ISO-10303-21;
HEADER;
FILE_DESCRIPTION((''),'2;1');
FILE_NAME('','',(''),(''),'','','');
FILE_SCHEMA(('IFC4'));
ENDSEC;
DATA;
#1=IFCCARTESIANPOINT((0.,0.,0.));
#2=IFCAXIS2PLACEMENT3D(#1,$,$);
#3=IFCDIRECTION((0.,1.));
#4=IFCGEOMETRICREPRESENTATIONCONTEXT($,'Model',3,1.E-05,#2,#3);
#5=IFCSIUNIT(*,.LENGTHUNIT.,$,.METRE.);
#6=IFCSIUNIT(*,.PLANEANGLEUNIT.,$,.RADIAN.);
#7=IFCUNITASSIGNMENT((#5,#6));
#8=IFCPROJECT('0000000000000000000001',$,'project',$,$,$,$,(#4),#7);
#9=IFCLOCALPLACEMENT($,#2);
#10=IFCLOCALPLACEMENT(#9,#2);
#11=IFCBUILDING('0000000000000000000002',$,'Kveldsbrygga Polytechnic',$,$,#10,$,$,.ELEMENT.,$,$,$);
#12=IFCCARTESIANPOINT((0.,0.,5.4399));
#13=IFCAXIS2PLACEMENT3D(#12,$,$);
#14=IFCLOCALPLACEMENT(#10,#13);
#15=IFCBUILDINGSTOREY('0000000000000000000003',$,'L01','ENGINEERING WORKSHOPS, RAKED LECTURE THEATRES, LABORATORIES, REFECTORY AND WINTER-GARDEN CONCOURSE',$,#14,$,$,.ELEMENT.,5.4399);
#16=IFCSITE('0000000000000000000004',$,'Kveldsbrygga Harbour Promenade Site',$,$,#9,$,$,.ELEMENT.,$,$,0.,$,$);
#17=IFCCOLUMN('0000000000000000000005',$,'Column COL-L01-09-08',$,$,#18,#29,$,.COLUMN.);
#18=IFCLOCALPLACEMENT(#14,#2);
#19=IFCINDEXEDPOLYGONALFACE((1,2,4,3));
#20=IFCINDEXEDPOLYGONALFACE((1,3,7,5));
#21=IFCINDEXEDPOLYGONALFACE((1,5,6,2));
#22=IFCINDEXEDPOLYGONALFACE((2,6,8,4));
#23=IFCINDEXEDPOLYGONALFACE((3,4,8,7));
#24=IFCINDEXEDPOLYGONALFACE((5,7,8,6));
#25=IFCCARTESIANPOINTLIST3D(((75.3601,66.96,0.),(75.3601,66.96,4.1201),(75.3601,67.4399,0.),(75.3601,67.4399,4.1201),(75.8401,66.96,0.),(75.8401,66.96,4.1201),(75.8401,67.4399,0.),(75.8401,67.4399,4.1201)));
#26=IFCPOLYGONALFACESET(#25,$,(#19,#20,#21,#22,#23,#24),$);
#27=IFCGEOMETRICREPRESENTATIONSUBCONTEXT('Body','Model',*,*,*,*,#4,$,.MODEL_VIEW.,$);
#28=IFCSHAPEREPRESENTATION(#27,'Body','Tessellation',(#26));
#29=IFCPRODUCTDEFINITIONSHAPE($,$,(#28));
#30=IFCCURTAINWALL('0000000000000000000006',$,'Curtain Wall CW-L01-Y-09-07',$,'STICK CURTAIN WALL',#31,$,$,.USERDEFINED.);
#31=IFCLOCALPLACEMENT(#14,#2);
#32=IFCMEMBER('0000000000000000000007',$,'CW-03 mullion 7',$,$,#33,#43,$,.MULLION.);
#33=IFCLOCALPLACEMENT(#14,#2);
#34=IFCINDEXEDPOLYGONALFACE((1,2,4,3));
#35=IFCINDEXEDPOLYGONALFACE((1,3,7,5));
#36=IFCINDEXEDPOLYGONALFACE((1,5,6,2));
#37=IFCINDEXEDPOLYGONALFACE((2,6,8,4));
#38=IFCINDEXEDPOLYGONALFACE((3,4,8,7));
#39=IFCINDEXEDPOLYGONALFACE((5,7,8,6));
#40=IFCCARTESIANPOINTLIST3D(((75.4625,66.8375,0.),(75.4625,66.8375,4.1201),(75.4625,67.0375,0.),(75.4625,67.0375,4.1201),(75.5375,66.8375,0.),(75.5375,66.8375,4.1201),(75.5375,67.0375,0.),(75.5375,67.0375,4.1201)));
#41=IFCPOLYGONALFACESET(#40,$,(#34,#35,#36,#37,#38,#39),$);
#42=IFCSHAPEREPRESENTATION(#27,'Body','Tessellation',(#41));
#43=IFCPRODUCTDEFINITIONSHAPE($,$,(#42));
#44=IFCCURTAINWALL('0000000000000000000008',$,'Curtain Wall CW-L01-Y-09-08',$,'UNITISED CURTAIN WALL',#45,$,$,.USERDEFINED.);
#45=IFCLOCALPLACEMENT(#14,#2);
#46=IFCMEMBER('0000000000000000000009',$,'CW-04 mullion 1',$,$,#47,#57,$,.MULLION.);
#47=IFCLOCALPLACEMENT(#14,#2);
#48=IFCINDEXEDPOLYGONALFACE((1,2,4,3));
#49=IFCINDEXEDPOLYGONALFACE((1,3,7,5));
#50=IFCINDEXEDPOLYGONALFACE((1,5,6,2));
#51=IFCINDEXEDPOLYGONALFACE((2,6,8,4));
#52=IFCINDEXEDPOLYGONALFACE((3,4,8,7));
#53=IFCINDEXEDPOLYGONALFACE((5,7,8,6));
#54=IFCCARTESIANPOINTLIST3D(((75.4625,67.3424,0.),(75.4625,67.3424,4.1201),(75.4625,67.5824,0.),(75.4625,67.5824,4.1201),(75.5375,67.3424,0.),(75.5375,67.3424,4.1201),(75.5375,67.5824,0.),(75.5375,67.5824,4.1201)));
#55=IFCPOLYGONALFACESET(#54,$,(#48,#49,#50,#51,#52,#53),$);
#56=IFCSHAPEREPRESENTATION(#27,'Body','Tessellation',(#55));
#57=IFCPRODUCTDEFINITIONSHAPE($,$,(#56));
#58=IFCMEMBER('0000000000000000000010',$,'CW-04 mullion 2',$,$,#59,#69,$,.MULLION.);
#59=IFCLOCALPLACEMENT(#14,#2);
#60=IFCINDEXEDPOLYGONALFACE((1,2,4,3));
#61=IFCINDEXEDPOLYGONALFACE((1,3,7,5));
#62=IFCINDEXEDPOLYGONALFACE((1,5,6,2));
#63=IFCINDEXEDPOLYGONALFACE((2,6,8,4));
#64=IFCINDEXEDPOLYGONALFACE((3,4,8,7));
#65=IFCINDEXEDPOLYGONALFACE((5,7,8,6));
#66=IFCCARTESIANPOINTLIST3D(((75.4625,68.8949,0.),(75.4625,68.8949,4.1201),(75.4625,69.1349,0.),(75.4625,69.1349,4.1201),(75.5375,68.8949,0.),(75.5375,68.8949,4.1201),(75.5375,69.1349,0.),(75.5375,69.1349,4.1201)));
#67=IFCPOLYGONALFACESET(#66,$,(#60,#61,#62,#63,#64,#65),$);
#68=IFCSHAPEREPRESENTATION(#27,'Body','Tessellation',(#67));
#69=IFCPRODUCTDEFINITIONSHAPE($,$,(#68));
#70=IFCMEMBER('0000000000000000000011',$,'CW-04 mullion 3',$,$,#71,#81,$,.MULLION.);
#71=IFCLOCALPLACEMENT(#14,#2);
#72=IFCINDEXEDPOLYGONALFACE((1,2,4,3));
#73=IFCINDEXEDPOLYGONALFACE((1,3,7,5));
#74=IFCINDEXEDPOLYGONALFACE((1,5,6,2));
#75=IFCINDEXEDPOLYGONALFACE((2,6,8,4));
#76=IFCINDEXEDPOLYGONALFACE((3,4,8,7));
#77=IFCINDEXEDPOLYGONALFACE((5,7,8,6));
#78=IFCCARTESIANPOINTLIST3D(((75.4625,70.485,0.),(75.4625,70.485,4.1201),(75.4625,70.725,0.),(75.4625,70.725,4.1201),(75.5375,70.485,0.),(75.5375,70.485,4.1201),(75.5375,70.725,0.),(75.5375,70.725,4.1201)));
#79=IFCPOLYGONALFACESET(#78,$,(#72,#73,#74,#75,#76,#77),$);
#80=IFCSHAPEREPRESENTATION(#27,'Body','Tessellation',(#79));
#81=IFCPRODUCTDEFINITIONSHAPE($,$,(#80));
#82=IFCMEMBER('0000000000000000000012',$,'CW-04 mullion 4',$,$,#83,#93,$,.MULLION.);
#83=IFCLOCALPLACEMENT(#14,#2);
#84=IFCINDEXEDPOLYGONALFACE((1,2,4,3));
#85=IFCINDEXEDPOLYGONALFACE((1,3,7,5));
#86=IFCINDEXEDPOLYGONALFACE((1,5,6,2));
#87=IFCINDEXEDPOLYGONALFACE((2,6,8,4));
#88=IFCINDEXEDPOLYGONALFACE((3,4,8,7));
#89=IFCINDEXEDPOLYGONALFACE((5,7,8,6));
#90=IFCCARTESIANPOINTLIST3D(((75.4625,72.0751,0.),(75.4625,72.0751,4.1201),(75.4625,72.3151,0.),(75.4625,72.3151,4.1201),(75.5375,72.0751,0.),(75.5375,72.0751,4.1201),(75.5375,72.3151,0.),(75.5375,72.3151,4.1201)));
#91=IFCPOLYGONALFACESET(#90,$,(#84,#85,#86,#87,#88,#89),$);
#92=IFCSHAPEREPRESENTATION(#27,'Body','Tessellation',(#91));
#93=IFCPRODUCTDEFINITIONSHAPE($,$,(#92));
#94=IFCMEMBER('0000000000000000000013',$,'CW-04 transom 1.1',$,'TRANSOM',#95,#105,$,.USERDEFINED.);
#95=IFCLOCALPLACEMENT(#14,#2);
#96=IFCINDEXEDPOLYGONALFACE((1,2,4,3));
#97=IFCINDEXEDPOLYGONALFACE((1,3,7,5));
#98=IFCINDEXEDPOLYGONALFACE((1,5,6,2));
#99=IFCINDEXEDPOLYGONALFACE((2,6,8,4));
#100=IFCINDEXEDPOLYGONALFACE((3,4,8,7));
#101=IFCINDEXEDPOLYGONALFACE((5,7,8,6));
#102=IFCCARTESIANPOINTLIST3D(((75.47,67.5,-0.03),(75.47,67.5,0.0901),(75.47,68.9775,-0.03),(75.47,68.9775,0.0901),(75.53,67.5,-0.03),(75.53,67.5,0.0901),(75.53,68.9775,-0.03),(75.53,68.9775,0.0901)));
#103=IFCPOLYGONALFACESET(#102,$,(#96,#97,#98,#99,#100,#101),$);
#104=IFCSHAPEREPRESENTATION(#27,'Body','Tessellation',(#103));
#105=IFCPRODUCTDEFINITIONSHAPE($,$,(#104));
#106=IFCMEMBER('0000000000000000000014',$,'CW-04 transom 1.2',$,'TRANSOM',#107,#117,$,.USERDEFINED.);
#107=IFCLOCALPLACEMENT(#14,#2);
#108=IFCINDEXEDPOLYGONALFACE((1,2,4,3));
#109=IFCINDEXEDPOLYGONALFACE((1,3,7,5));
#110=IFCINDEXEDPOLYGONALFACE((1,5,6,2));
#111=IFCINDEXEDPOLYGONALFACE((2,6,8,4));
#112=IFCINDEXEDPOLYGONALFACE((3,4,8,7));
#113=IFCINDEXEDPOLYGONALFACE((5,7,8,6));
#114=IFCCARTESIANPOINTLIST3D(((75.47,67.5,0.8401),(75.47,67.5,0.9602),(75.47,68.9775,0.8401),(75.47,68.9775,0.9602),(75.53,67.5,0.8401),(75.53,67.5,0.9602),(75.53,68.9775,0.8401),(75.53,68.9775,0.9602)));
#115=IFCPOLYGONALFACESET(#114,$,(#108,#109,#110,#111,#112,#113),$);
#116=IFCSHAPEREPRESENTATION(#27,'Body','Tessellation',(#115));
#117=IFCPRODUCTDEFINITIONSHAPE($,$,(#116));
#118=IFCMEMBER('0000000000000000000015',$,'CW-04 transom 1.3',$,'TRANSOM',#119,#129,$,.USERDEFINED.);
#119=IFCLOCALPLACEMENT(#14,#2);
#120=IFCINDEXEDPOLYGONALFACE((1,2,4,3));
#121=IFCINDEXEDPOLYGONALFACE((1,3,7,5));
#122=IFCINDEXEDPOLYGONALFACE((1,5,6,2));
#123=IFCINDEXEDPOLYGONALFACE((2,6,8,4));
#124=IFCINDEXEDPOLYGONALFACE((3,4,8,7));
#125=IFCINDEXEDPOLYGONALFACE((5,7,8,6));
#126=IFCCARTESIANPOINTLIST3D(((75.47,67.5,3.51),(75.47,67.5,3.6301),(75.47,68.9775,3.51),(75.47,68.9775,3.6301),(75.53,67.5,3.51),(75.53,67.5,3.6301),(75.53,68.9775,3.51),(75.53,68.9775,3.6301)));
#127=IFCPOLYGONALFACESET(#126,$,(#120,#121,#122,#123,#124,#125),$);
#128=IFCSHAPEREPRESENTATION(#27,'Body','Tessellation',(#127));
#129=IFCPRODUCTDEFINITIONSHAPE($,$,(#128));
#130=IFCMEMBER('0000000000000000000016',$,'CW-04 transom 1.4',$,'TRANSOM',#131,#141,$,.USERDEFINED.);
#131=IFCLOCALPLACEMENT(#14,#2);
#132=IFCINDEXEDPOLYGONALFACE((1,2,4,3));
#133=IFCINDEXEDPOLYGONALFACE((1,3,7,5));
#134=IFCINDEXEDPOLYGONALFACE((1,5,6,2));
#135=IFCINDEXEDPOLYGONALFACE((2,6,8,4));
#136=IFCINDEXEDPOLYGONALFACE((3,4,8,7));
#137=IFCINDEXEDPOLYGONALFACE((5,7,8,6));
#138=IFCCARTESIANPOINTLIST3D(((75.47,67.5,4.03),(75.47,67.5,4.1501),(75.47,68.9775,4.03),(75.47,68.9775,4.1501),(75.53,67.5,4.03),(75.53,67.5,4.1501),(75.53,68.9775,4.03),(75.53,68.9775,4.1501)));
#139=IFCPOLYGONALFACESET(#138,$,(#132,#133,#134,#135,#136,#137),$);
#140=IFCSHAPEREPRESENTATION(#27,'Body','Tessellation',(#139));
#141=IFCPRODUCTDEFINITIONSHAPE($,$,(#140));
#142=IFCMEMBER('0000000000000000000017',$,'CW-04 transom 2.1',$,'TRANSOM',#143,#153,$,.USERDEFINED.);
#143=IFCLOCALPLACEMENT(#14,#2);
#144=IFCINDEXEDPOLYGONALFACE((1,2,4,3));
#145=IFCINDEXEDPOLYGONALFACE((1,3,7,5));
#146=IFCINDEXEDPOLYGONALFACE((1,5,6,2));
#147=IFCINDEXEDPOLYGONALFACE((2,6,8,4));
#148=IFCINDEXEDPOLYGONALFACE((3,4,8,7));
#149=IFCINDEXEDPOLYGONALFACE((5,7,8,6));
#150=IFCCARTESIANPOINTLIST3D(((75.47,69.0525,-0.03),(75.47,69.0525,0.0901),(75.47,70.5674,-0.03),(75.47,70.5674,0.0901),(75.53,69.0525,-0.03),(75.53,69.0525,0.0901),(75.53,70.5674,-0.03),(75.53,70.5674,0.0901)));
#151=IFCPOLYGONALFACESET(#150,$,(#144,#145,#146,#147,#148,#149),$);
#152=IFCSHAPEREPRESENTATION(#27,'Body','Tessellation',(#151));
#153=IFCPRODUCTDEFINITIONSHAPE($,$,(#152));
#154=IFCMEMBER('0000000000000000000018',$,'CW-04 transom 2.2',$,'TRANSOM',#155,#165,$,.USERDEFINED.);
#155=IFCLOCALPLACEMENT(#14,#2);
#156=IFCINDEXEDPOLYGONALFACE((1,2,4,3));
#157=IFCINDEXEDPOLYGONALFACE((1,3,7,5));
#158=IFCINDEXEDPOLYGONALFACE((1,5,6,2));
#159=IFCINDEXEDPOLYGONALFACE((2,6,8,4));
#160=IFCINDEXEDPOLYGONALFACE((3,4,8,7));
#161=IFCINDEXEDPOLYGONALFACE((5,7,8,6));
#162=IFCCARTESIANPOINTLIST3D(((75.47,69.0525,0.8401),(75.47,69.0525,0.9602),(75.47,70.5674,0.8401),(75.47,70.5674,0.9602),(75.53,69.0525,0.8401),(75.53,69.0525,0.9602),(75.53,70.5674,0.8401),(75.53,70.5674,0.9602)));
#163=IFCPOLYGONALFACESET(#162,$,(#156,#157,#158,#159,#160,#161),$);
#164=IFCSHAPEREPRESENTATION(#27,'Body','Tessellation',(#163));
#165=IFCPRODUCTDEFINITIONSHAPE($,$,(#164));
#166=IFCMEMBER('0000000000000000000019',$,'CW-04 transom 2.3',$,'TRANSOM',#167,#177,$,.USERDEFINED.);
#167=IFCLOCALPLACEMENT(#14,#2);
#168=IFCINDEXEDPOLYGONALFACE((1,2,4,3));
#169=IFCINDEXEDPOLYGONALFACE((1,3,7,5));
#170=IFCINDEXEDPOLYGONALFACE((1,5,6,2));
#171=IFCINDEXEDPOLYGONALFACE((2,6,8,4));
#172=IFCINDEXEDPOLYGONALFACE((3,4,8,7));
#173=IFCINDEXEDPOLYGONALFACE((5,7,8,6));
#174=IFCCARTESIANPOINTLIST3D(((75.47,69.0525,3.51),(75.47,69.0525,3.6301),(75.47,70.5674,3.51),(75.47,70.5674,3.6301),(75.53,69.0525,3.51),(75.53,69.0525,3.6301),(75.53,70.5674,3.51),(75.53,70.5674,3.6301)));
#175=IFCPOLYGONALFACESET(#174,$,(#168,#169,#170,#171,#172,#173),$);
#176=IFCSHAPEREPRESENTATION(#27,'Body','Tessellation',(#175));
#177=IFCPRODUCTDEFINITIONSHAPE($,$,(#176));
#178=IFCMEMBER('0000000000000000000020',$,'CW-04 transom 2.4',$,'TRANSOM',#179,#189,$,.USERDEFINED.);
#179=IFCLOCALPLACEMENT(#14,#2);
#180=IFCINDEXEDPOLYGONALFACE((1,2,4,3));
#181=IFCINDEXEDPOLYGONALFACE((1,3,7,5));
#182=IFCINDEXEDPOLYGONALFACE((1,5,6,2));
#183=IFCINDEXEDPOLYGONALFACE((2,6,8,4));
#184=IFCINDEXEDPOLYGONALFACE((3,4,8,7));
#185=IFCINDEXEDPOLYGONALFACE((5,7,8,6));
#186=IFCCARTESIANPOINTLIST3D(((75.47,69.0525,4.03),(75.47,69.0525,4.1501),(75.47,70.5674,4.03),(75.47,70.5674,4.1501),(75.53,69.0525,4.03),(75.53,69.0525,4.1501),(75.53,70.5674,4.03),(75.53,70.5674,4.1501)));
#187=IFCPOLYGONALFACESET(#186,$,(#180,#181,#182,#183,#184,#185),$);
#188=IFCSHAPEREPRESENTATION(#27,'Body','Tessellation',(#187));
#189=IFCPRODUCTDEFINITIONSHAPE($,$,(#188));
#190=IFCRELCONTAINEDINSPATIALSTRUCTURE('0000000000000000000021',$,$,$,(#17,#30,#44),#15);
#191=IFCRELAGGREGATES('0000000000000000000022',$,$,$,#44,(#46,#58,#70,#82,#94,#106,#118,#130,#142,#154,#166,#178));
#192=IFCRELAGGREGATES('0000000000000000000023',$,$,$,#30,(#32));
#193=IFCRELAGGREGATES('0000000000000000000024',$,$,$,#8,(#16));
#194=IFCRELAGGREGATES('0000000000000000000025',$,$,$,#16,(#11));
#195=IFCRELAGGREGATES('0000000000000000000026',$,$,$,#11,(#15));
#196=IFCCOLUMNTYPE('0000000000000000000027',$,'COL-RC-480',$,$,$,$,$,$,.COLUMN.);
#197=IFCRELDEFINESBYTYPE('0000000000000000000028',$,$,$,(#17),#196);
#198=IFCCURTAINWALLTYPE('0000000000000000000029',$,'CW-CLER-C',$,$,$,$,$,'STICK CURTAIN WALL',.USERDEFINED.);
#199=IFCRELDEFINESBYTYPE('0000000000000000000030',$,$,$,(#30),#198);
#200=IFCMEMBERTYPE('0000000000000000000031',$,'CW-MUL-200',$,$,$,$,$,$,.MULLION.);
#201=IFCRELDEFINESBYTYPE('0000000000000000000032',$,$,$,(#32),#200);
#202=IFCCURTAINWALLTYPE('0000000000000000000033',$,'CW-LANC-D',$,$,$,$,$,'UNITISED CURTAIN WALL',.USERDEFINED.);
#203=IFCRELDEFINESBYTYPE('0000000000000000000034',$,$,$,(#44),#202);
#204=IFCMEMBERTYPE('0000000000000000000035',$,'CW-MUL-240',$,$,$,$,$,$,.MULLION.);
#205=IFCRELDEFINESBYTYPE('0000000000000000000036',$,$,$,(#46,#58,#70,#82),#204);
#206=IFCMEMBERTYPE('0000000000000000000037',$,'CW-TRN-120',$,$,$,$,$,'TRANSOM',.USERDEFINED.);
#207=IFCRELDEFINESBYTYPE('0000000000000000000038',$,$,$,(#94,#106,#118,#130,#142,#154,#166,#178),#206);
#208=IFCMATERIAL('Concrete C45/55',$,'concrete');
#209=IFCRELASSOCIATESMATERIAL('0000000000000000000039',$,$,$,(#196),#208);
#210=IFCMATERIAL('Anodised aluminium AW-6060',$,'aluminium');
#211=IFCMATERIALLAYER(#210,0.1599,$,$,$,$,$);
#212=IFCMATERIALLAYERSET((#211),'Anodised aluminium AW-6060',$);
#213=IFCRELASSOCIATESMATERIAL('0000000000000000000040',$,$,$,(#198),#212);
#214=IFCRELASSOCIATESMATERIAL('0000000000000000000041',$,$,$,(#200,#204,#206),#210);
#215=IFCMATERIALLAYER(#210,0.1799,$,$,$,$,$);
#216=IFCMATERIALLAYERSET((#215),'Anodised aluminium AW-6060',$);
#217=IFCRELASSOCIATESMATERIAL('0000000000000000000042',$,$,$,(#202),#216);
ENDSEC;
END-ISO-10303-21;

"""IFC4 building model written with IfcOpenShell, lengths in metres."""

from ifc_helpers import new_model, si_unit, direction, frame, origin, origin_2d, place, context, subcontext, project, spatial, rectangle, extrude, material, layer, layer_set, material_profile, profile_set, type_object, element, aggregate, save


model = new_model("IFC4")

# Units and contexts
model_context = context("Model", 3, precision=1e-05, world=origin(), true_north=direction((0.0, 1.0)))
body_context = subcontext(model_context, "Body", "Model", "MODEL_VIEW")
ifc_project = project(units=[si_unit("LENGTHUNIT", "METRE"), si_unit("PLANEANGLEUNIT", "RADIAN")], contexts=[model_context])

# Site, building, storey
site_placement = place(None, origin())
site = spatial("IfcSite", under=ifc_project, at=site_placement, Name="Kveldsbrygga Harbour Promenade Site", CompositionType="ELEMENT", RefElevation=0.0)
building_placement = place(site_placement, origin())
building = spatial("IfcBuilding", under=site, at=building_placement, Name="Kveldsbrygga Polytechnic", CompositionType="ELEMENT")
storey_placement = place(building_placement, frame((0.0, 0.0, 5.4399)))
storey = spatial("IfcBuildingStorey", under=building, at=storey_placement, Name="L01", Description="ENGINEERING WORKSHOPS, RAKED LECTURE THEATRES, LABORATORIES, REFECTORY AND WINTER-GARDEN CONCOURSE", CompositionType="ELEMENT", Elevation=5.4399)

# Column
ifc_material_1 = material(Name="Concrete C45/55", Category="concrete")
ifc_material_profile_1 = material_profile(ifc_material_1, rectangle(XDim=0.48, YDim=0.48, at=origin_2d()), Name="RC 480x480")
ifc_profile_set_1 = profile_set([ifc_material_profile_1], Name="Concrete C45/55")
column_type = type_object("IfcColumnType", Name="COL-RC-480", PredefinedType="COLUMN", material=ifc_profile_set_1)
column_placement = place(storey_placement, frame((75.6001, 67.2, 0.0), z_axis=(0.0, 0.0, 1.0), x_axis=(1.0, 0.0, 0.0)))
element("IfcColumn", 1, at=column_placement, inside=storey, type_object=column_type, Name="Column COL-L01-09-08", PredefinedType="COLUMN", context=body_context, shape_type="SweptSolid", body=[
    extrude(rectangle(XDim=0.48, YDim=0.48, at=origin_2d()), origin(), (0.0, 0.0, 1.0), 4.1201),
])

# Curtain wall, member
ifc_material_2 = material(Name="Anodised aluminium AW-6060", Category="aluminium")
ifc_layer_1 = layer(ifc_material_2, 0.1599)
ifc_layer_set_1 = layer_set([ifc_layer_1], Name="Anodised aluminium AW-6060")
curtain_wall_type_1 = type_object("IfcCurtainWallType", Name="CW-CLER-C", ElementType="STICK CURTAIN WALL", PredefinedType="USERDEFINED", material=ifc_layer_set_1)
curtain_wall_1_placement = place(storey_placement, origin())
curtain_wall_1 = element("IfcCurtainWall", 2, at=curtain_wall_1_placement, inside=storey, type_object=curtain_wall_type_1, Name="Curtain Wall CW-L01-Y-09-07", ObjectType="STICK CURTAIN WALL", PredefinedType="USERDEFINED")
ifc_material_profile_2 = material_profile(ifc_material_2, rectangle(XDim=0.075, YDim=0.2, at=origin_2d()), Name="ALU 75x200")
ifc_profile_set_2 = profile_set([ifc_material_profile_2], Name="Anodised aluminium AW-6060")
member_type_1 = type_object("IfcMemberType", Name="CW-MUL-200", PredefinedType="MULLION", material=ifc_profile_set_2)
member_1_placement = place(storey_placement, frame((75.5, 66.9375, 0.0), z_axis=(0.0, 0.0, 1.0), x_axis=(-1.0, 0.0, 0.0)))
member_1 = element("IfcMember", 3, at=member_1_placement, type_object=member_type_1, Name="CW-03 mullion 7", PredefinedType="MULLION", context=body_context, shape_type="SweptSolid", body=[
    extrude(rectangle(XDim=0.075, YDim=0.2, at=origin_2d()), origin(), (0.0, 0.0, 1.0), 4.1201),
])

# Curtain wall, members
ifc_layer_2 = layer(ifc_material_2, 0.1799)
ifc_layer_set_2 = layer_set([ifc_layer_2], Name="Anodised aluminium AW-6060")
curtain_wall_type_2 = type_object("IfcCurtainWallType", Name="CW-LANC-D", ElementType="UNITISED CURTAIN WALL", PredefinedType="USERDEFINED", material=ifc_layer_set_2)
curtain_wall_2_placement = place(storey_placement, origin())
curtain_wall_2 = element("IfcCurtainWall", 4, at=curtain_wall_2_placement, inside=storey, type_object=curtain_wall_type_2, Name="Curtain Wall CW-L01-Y-09-08", ObjectType="UNITISED CURTAIN WALL", PredefinedType="USERDEFINED")
ifc_material_profile_3 = material_profile(ifc_material_2, rectangle(XDim=0.075, YDim=0.24, at=origin_2d()), Name="ALU 75x240")
ifc_profile_set_3 = profile_set([ifc_material_profile_3], Name="Anodised aluminium AW-6060")
member_type_2 = type_object("IfcMemberType", Name="CW-MUL-240", PredefinedType="MULLION", material=ifc_profile_set_3)
member_2_placement = place(storey_placement, frame((75.5, 67.4624, 0.0), z_axis=(0.0, 0.0, 1.0), x_axis=(-1.0, 0.0, 0.0)))
member_2 = element("IfcMember", 5, at=member_2_placement, type_object=member_type_2, Name="CW-04 mullion 1", PredefinedType="MULLION", context=body_context, shape_type="SweptSolid", body=[
    extrude(rectangle(XDim=0.075, YDim=0.24, at=origin_2d()), origin(), (0.0, 0.0, 1.0), 4.1201),
])
member_3_placement = place(storey_placement, frame((75.5, 69.0149, 0.0), z_axis=(0.0, 0.0, 1.0), x_axis=(-1.0, 0.0, 0.0)))
member_3 = element("IfcMember", 6, at=member_3_placement, type_object=member_type_2, Name="CW-04 mullion 2", PredefinedType="MULLION", context=body_context, shape_type="SweptSolid", body=[
    extrude(rectangle(XDim=0.075, YDim=0.24, at=origin_2d()), origin(), (0.0, 0.0, 1.0), 4.1201),
])
member_4_placement = place(storey_placement, frame((75.5, 70.605, 0.0), z_axis=(0.0, 0.0, 1.0), x_axis=(-1.0, 0.0, 0.0)))
member_4 = element("IfcMember", 7, at=member_4_placement, type_object=member_type_2, Name="CW-04 mullion 3", PredefinedType="MULLION", context=body_context, shape_type="SweptSolid", body=[
    extrude(rectangle(XDim=0.075, YDim=0.24, at=origin_2d()), origin(), (0.0, 0.0, 1.0), 4.1201),
])
member_5_placement = place(storey_placement, frame((75.5, 72.1951, 0.0), z_axis=(0.0, 0.0, 1.0), x_axis=(-1.0, 0.0, 0.0)))
member_5 = element("IfcMember", 8, at=member_5_placement, type_object=member_type_2, Name="CW-04 mullion 4", PredefinedType="MULLION", context=body_context, shape_type="SweptSolid", body=[
    extrude(rectangle(XDim=0.075, YDim=0.24, at=origin_2d()), origin(), (0.0, 0.0, 1.0), 4.1201),
])
ifc_material_profile_4 = material_profile(ifc_material_2, rectangle(XDim=0.0601, YDim=0.1201, at=origin_2d()), Name="ALU 60x120")
ifc_profile_set_4 = profile_set([ifc_material_profile_4], Name="Anodised aluminium AW-6060")
member_type_3 = type_object("IfcMemberType", Name="CW-TRN-120", ElementType="TRANSOM", PredefinedType="USERDEFINED", material=ifc_profile_set_4)
member_6_placement = place(storey_placement, frame((75.5, 67.5, 0.03), z_axis=(0.0, 1.0, 0.0), x_axis=(-1.0, 0.0, 0.0)))
member_6 = element("IfcMember", 9, at=member_6_placement, type_object=member_type_3, Name="CW-04 transom 1.1", ObjectType="TRANSOM", PredefinedType="USERDEFINED", context=body_context, shape_type="SweptSolid", body=[
    extrude(rectangle(XDim=0.0601, YDim=0.1201, at=origin_2d()), origin(), (0.0, 0.0, 1.0), 1.4775),
])
member_7_placement = place(storey_placement, frame((75.5, 67.5, 0.9001), z_axis=(0.0, 1.0, 0.0), x_axis=(-1.0, 0.0, 0.0)))
member_7 = element("IfcMember", 10, at=member_7_placement, type_object=member_type_3, Name="CW-04 transom 1.2", ObjectType="TRANSOM", PredefinedType="USERDEFINED", context=body_context, shape_type="SweptSolid", body=[
    extrude(rectangle(XDim=0.0601, YDim=0.1201, at=origin_2d()), origin(), (0.0, 0.0, 1.0), 1.4775),
])
member_8_placement = place(storey_placement, frame((75.5, 67.5, 3.5701), z_axis=(0.0, 1.0, 0.0), x_axis=(-1.0, 0.0, 0.0)))
member_8 = element("IfcMember", 11, at=member_8_placement, type_object=member_type_3, Name="CW-04 transom 1.3", ObjectType="TRANSOM", PredefinedType="USERDEFINED", context=body_context, shape_type="SweptSolid", body=[
    extrude(rectangle(XDim=0.0601, YDim=0.1201, at=origin_2d()), origin(), (0.0, 0.0, 1.0), 1.4775),
])
member_9_placement = place(storey_placement, frame((75.5, 67.5, 4.0901), z_axis=(0.0, 1.0, 0.0), x_axis=(-1.0, 0.0, 0.0)))
member_9 = element("IfcMember", 12, at=member_9_placement, type_object=member_type_3, Name="CW-04 transom 1.4", ObjectType="TRANSOM", PredefinedType="USERDEFINED", context=body_context, shape_type="SweptSolid", body=[
    extrude(rectangle(XDim=0.0601, YDim=0.1201, at=origin_2d()), origin(), (0.0, 0.0, 1.0), 1.4775),
])
member_10_placement = place(storey_placement, frame((75.5, 69.0525, 0.03), z_axis=(0.0, 1.0, 0.0), x_axis=(-1.0, 0.0, 0.0)))
member_10 = element("IfcMember", 13, at=member_10_placement, type_object=member_type_3, Name="CW-04 transom 2.1", ObjectType="TRANSOM", PredefinedType="USERDEFINED", context=body_context, shape_type="SweptSolid", body=[
    extrude(rectangle(XDim=0.0601, YDim=0.1201, at=origin_2d()), origin(), (0.0, 0.0, 1.0), 1.5149),
])
member_11_placement = place(storey_placement, frame((75.5, 69.0525, 0.9001), z_axis=(0.0, 1.0, 0.0), x_axis=(-1.0, 0.0, 0.0)))
member_11 = element("IfcMember", 14, at=member_11_placement, type_object=member_type_3, Name="CW-04 transom 2.2", ObjectType="TRANSOM", PredefinedType="USERDEFINED", context=body_context, shape_type="SweptSolid", body=[
    extrude(rectangle(XDim=0.0601, YDim=0.1201, at=origin_2d()), origin(), (0.0, 0.0, 1.0), 1.5149),
])
member_12_placement = place(storey_placement, frame((75.5, 69.0525, 3.5701), z_axis=(0.0, 1.0, 0.0), x_axis=(-1.0, 0.0, 0.0)))
member_12 = element("IfcMember", 15, at=member_12_placement, type_object=member_type_3, Name="CW-04 transom 2.3", ObjectType="TRANSOM", PredefinedType="USERDEFINED", context=body_context, shape_type="SweptSolid", body=[
    extrude(rectangle(XDim=0.0601, YDim=0.1201, at=origin_2d()), origin(), (0.0, 0.0, 1.0), 1.5149),
])
member_13_placement = place(storey_placement, frame((75.5, 69.0525, 4.0901), z_axis=(0.0, 1.0, 0.0), x_axis=(-1.0, 0.0, 0.0)))
member_13 = element("IfcMember", 16, at=member_13_placement, type_object=member_type_3, Name="CW-04 transom 2.4", ObjectType="TRANSOM", PredefinedType="USERDEFINED", context=body_context, shape_type="SweptSolid", body=[
    extrude(rectangle(XDim=0.0601, YDim=0.1201, at=origin_2d()), origin(), (0.0, 0.0, 1.0), 1.5149),
])

aggregate(curtain_wall_2, [member_2, member_3, member_4, member_5, member_6, member_7, member_8, member_9, member_10, member_11, member_12, member_13])
aggregate(curtain_wall_1, [member_1])

save(model, "model.ifc")
